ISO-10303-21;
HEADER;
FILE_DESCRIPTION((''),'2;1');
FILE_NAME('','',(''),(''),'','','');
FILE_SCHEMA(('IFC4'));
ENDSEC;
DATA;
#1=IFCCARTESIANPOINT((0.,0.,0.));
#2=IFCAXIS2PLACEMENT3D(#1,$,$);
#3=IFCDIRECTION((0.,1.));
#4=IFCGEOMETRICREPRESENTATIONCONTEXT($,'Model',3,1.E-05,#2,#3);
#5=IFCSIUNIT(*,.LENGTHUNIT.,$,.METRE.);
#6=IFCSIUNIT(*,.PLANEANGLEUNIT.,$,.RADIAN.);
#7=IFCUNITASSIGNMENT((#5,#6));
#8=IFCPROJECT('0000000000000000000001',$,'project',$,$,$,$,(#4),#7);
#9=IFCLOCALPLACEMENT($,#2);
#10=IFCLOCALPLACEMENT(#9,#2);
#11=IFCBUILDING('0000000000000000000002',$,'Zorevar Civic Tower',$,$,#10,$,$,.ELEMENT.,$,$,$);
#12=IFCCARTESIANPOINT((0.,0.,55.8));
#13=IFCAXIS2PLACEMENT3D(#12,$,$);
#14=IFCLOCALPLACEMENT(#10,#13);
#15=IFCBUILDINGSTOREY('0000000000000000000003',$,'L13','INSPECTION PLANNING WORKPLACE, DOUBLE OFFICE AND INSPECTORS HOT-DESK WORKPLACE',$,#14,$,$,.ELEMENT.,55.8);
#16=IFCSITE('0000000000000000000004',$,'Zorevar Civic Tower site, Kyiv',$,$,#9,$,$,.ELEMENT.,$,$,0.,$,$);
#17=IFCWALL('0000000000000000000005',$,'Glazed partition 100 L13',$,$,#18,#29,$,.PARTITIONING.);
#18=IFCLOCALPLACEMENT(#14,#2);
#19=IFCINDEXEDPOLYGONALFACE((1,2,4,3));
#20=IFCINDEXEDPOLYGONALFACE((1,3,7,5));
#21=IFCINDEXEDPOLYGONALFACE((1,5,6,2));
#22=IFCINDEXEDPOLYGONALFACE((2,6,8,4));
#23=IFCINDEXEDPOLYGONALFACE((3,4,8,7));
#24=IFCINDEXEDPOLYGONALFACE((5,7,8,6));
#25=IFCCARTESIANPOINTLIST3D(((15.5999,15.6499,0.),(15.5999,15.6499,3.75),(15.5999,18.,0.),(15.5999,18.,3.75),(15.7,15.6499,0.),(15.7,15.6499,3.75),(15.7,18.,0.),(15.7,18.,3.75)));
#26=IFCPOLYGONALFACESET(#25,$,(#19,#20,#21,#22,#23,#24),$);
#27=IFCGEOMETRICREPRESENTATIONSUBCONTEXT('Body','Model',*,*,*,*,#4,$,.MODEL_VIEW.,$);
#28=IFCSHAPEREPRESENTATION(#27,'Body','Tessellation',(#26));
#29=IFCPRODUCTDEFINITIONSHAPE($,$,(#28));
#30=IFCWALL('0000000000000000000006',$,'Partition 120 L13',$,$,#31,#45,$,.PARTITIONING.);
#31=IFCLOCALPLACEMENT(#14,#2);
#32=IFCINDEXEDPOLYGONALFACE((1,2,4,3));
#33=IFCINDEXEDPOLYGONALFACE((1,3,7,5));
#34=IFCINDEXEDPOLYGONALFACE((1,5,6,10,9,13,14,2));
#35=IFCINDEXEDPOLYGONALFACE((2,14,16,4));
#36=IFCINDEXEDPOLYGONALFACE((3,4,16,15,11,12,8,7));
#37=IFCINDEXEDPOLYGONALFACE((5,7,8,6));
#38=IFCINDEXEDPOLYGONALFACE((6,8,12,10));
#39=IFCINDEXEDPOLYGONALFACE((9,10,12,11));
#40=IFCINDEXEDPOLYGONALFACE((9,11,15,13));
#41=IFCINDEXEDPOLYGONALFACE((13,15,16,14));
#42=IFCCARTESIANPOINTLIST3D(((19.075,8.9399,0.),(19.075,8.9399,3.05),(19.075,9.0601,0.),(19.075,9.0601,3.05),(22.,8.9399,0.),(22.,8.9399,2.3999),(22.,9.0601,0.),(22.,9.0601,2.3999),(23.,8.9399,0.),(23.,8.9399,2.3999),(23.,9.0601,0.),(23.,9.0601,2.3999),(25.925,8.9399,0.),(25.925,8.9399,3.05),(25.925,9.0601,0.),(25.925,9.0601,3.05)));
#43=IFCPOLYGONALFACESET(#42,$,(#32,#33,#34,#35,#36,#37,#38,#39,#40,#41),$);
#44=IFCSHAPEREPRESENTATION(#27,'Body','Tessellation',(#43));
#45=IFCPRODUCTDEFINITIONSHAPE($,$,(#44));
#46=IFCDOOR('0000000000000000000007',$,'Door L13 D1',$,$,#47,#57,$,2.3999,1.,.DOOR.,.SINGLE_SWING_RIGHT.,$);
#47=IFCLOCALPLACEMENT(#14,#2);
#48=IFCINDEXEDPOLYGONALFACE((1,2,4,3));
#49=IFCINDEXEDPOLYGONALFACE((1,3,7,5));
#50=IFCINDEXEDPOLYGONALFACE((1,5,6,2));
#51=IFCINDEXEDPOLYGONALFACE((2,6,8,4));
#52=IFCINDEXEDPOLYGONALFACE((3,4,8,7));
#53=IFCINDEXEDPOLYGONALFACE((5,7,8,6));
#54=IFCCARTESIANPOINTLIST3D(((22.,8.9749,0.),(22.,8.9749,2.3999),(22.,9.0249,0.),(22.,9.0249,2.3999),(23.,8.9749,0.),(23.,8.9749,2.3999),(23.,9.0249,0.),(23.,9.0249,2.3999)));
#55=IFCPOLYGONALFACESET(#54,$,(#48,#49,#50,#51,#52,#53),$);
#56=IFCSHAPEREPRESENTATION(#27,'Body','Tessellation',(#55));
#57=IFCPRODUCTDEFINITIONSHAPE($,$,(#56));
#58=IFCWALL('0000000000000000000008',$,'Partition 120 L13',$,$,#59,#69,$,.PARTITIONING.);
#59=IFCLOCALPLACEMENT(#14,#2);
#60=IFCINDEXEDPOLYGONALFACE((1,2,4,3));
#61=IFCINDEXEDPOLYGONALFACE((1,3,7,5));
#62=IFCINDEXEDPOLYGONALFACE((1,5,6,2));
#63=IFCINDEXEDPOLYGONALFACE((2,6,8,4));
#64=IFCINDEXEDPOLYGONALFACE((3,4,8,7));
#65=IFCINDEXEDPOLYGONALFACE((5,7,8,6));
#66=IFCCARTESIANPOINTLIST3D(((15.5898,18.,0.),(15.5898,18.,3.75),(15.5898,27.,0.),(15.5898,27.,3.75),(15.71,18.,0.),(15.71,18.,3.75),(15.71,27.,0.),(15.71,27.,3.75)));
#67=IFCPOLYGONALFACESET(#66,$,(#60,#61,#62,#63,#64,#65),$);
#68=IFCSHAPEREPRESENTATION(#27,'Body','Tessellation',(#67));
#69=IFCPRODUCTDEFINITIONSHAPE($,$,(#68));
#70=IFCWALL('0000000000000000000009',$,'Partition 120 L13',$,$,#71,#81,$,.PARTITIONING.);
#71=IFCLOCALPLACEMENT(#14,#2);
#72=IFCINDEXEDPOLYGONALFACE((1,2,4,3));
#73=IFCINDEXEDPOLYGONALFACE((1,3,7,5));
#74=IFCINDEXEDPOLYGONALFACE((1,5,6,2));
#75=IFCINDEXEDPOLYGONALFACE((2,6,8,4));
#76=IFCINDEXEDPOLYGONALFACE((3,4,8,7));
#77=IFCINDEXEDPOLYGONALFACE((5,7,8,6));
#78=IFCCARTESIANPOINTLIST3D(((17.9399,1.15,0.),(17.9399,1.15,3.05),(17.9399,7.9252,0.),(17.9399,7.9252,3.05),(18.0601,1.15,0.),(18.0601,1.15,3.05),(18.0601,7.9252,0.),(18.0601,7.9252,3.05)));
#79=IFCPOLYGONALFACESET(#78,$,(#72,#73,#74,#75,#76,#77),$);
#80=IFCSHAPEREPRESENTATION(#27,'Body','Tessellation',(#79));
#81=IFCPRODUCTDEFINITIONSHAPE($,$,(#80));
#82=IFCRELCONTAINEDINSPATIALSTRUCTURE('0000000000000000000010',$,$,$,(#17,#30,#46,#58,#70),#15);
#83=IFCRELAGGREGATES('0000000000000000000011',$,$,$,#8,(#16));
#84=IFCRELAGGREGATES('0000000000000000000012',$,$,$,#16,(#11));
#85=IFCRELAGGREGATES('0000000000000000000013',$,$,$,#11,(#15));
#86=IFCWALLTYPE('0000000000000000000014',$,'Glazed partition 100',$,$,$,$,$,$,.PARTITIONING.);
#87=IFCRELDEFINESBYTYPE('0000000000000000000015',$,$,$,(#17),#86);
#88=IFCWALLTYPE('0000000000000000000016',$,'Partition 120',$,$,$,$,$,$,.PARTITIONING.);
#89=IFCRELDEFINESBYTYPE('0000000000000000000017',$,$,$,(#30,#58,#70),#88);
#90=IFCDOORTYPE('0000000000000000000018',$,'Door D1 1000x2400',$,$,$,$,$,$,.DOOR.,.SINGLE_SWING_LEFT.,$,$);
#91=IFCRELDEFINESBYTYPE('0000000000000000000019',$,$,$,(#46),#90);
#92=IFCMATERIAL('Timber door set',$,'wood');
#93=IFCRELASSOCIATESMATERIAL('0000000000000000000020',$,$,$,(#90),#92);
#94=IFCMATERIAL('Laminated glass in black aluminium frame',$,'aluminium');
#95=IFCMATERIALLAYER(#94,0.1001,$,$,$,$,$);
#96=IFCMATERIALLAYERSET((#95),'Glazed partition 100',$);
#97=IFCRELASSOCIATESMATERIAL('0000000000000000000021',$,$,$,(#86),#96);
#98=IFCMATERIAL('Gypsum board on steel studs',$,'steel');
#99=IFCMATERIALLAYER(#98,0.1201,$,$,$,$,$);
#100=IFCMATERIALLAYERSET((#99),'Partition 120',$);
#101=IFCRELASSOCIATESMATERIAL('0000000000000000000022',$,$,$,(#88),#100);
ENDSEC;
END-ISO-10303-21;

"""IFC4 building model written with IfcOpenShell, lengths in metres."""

from ifc_helpers import new_model, si_unit, direction, frame, frame_2d, origin, place, context, subcontext, project, spatial, rectangle, extrude, material, layer, layer_set, type_object, element, fill, save


model = new_model("IFC4")

# Units and contexts
model_context = context("Model", 3, precision=1e-05, world=origin(), true_north=direction((0.0, 1.0)))
body_context = subcontext(model_context, "Body", "Model", "MODEL_VIEW")
ifc_project = project(units=[si_unit("LENGTHUNIT", "METRE"), si_unit("PLANEANGLEUNIT", "RADIAN")], contexts=[model_context])

# Site, building, storey
site_placement = place(None, origin())
site = spatial("IfcSite", under=ifc_project, at=site_placement, Name="Zorevar Civic Tower site, Kyiv", CompositionType="ELEMENT", RefElevation=0.0)
building_placement = place(site_placement, origin())
building = spatial("IfcBuilding", under=site, at=building_placement, Name="Zorevar Civic Tower", CompositionType="ELEMENT")
storey_placement = place(building_placement, frame((0.0, 0.0, 55.8)))
storey = spatial("IfcBuildingStorey", under=building, at=storey_placement, Name="L13", Description="INSPECTION PLANNING WORKPLACE, DOUBLE OFFICE AND INSPECTORS HOT-DESK WORKPLACE", CompositionType="ELEMENT", Elevation=55.8)

# Shared definitions
ifc_material_1 = material(Name="Timber door set", Category="wood")
door_type_1 = type_object("IfcDoorType", Name="Door D1 1000x2400", OperationType="SINGLE_SWING_LEFT", PredefinedType="DOOR", material=ifc_material_1)

# Shared definitions
ifc_material_2 = material(Name="Laminated glass in black aluminium frame", Category="aluminium")
ifc_layer_1 = layer(ifc_material_2, 0.1001)
ifc_layer_set_1 = layer_set([ifc_layer_1], Name="Glazed partition 100")
wall_type_1 = type_object("IfcWallType", Name="Glazed partition 100", PredefinedType="PARTITIONING", material=ifc_layer_set_1)

# Wall
wall_1_placement = place(storey_placement, frame((15.6499, 15.6499, 0.0), z_axis=(0.0, 0.0, 1.0), x_axis=(0.0, 1.0, 0.0)))
element("IfcWall", 1, at=wall_1_placement, inside=storey, type_object=wall_type_1, Name="Glazed partition 100 L13", PredefinedType="PARTITIONING", context=body_context, shape_type="SweptSolid", body=[
    extrude(rectangle(XDim=2.3501, YDim=0.1001, at=frame_2d((1.175, 0.0))), origin(), (0.0, 0.0, 1.0), 3.75),
])

# Wall, opening, door
ifc_material_3 = material(Name="Gypsum board on steel studs", Category="steel")
ifc_layer_2 = layer(ifc_material_3, 0.1201)
ifc_layer_set_2 = layer_set([ifc_layer_2], Name="Partition 120")
wall_type_2 = type_object("IfcWallType", Name="Partition 120", PredefinedType="PARTITIONING", material=ifc_layer_set_2)
wall_2_placement = place(storey_placement, frame((19.075, 9.0, 0.0), z_axis=(0.0, 0.0, 1.0), x_axis=(1.0, 0.0, 0.0)))
wall_2 = element("IfcWall", 2, at=wall_2_placement, inside=storey, type_object=wall_type_2, Name="Partition 120 L13", PredefinedType="PARTITIONING", context=body_context, shape_type="SweptSolid", body=[
    extrude(rectangle(XDim=6.8501, YDim=0.1201, at=frame_2d((3.425, 0.0))), origin(), (0.0, 0.0, 1.0), 3.05),
])
opening_1_placement = place(wall_2_placement, frame((2.925, 0.0, 0.0)))
opening_1 = element("IfcOpeningElement", 3, at=opening_1_placement, cuts=wall_2, PredefinedType="OPENING", context=body_context, shape_type="SweptSolid", body=[
    extrude(rectangle(XDim=1.0, YDim=2.3999, at=frame_2d((0.5, 1.2))), frame((0.0, 0.0701, 0.0), z_axis=(0.0, -1.0, 0.0), x_axis=(1.0, 0.0, 0.0)), (0.0, 0.0, 1.0), 0.1401),
])
door_1_placement = place(opening_1_placement, origin())
door_1 = element("IfcDoor", 4, at=door_1_placement, inside=storey, type_object=door_type_1, Name="Door L13 D1", OperationType="SINGLE_SWING_RIGHT", OverallHeight=2.3999, OverallWidth=1.0, PredefinedType="DOOR", context=body_context, shape_type="SweptSolid", body=[
    extrude(rectangle(XDim=1.0, YDim=2.3999, at=frame_2d((0.5, 1.2))), frame((0.0, 0.0249, 0.0), z_axis=(0.0, -1.0, 0.0), x_axis=(1.0, 0.0, 0.0)), (0.0, 0.0, 1.0), 0.05),
])
fill(opening_1, door_1)

# Walls
wall_3_placement = place(storey_placement, frame((15.6499, 18.0, 0.0), z_axis=(0.0, 0.0, 1.0), x_axis=(0.0, 1.0, 0.0)))
element("IfcWall", 5, at=wall_3_placement, inside=storey, type_object=wall_type_2, Name="Partition 120 L13", PredefinedType="PARTITIONING", context=body_context, shape_type="SweptSolid", body=[
    extrude(rectangle(XDim=9.0, YDim=0.1201, at=frame_2d((4.5, 0.0))), origin(), (0.0, 0.0, 1.0), 3.75),
])
wall_4_placement = place(storey_placement, frame((18.0, 1.1499, 0.0), z_axis=(0.0, 0.0, 1.0), x_axis=(0.0, 1.0, 0.0)))
element("IfcWall", 6, at=wall_4_placement, inside=storey, type_object=wall_type_2, Name="Partition 120 L13", PredefinedType="PARTITIONING", context=body_context, shape_type="SweptSolid", body=[
    extrude(rectangle(XDim=6.7751, YDim=0.1201, at=frame_2d((3.3877, 0.0))), origin(), (0.0, 0.0, 1.0), 3.05),
])

save(model, "model.ifc")
